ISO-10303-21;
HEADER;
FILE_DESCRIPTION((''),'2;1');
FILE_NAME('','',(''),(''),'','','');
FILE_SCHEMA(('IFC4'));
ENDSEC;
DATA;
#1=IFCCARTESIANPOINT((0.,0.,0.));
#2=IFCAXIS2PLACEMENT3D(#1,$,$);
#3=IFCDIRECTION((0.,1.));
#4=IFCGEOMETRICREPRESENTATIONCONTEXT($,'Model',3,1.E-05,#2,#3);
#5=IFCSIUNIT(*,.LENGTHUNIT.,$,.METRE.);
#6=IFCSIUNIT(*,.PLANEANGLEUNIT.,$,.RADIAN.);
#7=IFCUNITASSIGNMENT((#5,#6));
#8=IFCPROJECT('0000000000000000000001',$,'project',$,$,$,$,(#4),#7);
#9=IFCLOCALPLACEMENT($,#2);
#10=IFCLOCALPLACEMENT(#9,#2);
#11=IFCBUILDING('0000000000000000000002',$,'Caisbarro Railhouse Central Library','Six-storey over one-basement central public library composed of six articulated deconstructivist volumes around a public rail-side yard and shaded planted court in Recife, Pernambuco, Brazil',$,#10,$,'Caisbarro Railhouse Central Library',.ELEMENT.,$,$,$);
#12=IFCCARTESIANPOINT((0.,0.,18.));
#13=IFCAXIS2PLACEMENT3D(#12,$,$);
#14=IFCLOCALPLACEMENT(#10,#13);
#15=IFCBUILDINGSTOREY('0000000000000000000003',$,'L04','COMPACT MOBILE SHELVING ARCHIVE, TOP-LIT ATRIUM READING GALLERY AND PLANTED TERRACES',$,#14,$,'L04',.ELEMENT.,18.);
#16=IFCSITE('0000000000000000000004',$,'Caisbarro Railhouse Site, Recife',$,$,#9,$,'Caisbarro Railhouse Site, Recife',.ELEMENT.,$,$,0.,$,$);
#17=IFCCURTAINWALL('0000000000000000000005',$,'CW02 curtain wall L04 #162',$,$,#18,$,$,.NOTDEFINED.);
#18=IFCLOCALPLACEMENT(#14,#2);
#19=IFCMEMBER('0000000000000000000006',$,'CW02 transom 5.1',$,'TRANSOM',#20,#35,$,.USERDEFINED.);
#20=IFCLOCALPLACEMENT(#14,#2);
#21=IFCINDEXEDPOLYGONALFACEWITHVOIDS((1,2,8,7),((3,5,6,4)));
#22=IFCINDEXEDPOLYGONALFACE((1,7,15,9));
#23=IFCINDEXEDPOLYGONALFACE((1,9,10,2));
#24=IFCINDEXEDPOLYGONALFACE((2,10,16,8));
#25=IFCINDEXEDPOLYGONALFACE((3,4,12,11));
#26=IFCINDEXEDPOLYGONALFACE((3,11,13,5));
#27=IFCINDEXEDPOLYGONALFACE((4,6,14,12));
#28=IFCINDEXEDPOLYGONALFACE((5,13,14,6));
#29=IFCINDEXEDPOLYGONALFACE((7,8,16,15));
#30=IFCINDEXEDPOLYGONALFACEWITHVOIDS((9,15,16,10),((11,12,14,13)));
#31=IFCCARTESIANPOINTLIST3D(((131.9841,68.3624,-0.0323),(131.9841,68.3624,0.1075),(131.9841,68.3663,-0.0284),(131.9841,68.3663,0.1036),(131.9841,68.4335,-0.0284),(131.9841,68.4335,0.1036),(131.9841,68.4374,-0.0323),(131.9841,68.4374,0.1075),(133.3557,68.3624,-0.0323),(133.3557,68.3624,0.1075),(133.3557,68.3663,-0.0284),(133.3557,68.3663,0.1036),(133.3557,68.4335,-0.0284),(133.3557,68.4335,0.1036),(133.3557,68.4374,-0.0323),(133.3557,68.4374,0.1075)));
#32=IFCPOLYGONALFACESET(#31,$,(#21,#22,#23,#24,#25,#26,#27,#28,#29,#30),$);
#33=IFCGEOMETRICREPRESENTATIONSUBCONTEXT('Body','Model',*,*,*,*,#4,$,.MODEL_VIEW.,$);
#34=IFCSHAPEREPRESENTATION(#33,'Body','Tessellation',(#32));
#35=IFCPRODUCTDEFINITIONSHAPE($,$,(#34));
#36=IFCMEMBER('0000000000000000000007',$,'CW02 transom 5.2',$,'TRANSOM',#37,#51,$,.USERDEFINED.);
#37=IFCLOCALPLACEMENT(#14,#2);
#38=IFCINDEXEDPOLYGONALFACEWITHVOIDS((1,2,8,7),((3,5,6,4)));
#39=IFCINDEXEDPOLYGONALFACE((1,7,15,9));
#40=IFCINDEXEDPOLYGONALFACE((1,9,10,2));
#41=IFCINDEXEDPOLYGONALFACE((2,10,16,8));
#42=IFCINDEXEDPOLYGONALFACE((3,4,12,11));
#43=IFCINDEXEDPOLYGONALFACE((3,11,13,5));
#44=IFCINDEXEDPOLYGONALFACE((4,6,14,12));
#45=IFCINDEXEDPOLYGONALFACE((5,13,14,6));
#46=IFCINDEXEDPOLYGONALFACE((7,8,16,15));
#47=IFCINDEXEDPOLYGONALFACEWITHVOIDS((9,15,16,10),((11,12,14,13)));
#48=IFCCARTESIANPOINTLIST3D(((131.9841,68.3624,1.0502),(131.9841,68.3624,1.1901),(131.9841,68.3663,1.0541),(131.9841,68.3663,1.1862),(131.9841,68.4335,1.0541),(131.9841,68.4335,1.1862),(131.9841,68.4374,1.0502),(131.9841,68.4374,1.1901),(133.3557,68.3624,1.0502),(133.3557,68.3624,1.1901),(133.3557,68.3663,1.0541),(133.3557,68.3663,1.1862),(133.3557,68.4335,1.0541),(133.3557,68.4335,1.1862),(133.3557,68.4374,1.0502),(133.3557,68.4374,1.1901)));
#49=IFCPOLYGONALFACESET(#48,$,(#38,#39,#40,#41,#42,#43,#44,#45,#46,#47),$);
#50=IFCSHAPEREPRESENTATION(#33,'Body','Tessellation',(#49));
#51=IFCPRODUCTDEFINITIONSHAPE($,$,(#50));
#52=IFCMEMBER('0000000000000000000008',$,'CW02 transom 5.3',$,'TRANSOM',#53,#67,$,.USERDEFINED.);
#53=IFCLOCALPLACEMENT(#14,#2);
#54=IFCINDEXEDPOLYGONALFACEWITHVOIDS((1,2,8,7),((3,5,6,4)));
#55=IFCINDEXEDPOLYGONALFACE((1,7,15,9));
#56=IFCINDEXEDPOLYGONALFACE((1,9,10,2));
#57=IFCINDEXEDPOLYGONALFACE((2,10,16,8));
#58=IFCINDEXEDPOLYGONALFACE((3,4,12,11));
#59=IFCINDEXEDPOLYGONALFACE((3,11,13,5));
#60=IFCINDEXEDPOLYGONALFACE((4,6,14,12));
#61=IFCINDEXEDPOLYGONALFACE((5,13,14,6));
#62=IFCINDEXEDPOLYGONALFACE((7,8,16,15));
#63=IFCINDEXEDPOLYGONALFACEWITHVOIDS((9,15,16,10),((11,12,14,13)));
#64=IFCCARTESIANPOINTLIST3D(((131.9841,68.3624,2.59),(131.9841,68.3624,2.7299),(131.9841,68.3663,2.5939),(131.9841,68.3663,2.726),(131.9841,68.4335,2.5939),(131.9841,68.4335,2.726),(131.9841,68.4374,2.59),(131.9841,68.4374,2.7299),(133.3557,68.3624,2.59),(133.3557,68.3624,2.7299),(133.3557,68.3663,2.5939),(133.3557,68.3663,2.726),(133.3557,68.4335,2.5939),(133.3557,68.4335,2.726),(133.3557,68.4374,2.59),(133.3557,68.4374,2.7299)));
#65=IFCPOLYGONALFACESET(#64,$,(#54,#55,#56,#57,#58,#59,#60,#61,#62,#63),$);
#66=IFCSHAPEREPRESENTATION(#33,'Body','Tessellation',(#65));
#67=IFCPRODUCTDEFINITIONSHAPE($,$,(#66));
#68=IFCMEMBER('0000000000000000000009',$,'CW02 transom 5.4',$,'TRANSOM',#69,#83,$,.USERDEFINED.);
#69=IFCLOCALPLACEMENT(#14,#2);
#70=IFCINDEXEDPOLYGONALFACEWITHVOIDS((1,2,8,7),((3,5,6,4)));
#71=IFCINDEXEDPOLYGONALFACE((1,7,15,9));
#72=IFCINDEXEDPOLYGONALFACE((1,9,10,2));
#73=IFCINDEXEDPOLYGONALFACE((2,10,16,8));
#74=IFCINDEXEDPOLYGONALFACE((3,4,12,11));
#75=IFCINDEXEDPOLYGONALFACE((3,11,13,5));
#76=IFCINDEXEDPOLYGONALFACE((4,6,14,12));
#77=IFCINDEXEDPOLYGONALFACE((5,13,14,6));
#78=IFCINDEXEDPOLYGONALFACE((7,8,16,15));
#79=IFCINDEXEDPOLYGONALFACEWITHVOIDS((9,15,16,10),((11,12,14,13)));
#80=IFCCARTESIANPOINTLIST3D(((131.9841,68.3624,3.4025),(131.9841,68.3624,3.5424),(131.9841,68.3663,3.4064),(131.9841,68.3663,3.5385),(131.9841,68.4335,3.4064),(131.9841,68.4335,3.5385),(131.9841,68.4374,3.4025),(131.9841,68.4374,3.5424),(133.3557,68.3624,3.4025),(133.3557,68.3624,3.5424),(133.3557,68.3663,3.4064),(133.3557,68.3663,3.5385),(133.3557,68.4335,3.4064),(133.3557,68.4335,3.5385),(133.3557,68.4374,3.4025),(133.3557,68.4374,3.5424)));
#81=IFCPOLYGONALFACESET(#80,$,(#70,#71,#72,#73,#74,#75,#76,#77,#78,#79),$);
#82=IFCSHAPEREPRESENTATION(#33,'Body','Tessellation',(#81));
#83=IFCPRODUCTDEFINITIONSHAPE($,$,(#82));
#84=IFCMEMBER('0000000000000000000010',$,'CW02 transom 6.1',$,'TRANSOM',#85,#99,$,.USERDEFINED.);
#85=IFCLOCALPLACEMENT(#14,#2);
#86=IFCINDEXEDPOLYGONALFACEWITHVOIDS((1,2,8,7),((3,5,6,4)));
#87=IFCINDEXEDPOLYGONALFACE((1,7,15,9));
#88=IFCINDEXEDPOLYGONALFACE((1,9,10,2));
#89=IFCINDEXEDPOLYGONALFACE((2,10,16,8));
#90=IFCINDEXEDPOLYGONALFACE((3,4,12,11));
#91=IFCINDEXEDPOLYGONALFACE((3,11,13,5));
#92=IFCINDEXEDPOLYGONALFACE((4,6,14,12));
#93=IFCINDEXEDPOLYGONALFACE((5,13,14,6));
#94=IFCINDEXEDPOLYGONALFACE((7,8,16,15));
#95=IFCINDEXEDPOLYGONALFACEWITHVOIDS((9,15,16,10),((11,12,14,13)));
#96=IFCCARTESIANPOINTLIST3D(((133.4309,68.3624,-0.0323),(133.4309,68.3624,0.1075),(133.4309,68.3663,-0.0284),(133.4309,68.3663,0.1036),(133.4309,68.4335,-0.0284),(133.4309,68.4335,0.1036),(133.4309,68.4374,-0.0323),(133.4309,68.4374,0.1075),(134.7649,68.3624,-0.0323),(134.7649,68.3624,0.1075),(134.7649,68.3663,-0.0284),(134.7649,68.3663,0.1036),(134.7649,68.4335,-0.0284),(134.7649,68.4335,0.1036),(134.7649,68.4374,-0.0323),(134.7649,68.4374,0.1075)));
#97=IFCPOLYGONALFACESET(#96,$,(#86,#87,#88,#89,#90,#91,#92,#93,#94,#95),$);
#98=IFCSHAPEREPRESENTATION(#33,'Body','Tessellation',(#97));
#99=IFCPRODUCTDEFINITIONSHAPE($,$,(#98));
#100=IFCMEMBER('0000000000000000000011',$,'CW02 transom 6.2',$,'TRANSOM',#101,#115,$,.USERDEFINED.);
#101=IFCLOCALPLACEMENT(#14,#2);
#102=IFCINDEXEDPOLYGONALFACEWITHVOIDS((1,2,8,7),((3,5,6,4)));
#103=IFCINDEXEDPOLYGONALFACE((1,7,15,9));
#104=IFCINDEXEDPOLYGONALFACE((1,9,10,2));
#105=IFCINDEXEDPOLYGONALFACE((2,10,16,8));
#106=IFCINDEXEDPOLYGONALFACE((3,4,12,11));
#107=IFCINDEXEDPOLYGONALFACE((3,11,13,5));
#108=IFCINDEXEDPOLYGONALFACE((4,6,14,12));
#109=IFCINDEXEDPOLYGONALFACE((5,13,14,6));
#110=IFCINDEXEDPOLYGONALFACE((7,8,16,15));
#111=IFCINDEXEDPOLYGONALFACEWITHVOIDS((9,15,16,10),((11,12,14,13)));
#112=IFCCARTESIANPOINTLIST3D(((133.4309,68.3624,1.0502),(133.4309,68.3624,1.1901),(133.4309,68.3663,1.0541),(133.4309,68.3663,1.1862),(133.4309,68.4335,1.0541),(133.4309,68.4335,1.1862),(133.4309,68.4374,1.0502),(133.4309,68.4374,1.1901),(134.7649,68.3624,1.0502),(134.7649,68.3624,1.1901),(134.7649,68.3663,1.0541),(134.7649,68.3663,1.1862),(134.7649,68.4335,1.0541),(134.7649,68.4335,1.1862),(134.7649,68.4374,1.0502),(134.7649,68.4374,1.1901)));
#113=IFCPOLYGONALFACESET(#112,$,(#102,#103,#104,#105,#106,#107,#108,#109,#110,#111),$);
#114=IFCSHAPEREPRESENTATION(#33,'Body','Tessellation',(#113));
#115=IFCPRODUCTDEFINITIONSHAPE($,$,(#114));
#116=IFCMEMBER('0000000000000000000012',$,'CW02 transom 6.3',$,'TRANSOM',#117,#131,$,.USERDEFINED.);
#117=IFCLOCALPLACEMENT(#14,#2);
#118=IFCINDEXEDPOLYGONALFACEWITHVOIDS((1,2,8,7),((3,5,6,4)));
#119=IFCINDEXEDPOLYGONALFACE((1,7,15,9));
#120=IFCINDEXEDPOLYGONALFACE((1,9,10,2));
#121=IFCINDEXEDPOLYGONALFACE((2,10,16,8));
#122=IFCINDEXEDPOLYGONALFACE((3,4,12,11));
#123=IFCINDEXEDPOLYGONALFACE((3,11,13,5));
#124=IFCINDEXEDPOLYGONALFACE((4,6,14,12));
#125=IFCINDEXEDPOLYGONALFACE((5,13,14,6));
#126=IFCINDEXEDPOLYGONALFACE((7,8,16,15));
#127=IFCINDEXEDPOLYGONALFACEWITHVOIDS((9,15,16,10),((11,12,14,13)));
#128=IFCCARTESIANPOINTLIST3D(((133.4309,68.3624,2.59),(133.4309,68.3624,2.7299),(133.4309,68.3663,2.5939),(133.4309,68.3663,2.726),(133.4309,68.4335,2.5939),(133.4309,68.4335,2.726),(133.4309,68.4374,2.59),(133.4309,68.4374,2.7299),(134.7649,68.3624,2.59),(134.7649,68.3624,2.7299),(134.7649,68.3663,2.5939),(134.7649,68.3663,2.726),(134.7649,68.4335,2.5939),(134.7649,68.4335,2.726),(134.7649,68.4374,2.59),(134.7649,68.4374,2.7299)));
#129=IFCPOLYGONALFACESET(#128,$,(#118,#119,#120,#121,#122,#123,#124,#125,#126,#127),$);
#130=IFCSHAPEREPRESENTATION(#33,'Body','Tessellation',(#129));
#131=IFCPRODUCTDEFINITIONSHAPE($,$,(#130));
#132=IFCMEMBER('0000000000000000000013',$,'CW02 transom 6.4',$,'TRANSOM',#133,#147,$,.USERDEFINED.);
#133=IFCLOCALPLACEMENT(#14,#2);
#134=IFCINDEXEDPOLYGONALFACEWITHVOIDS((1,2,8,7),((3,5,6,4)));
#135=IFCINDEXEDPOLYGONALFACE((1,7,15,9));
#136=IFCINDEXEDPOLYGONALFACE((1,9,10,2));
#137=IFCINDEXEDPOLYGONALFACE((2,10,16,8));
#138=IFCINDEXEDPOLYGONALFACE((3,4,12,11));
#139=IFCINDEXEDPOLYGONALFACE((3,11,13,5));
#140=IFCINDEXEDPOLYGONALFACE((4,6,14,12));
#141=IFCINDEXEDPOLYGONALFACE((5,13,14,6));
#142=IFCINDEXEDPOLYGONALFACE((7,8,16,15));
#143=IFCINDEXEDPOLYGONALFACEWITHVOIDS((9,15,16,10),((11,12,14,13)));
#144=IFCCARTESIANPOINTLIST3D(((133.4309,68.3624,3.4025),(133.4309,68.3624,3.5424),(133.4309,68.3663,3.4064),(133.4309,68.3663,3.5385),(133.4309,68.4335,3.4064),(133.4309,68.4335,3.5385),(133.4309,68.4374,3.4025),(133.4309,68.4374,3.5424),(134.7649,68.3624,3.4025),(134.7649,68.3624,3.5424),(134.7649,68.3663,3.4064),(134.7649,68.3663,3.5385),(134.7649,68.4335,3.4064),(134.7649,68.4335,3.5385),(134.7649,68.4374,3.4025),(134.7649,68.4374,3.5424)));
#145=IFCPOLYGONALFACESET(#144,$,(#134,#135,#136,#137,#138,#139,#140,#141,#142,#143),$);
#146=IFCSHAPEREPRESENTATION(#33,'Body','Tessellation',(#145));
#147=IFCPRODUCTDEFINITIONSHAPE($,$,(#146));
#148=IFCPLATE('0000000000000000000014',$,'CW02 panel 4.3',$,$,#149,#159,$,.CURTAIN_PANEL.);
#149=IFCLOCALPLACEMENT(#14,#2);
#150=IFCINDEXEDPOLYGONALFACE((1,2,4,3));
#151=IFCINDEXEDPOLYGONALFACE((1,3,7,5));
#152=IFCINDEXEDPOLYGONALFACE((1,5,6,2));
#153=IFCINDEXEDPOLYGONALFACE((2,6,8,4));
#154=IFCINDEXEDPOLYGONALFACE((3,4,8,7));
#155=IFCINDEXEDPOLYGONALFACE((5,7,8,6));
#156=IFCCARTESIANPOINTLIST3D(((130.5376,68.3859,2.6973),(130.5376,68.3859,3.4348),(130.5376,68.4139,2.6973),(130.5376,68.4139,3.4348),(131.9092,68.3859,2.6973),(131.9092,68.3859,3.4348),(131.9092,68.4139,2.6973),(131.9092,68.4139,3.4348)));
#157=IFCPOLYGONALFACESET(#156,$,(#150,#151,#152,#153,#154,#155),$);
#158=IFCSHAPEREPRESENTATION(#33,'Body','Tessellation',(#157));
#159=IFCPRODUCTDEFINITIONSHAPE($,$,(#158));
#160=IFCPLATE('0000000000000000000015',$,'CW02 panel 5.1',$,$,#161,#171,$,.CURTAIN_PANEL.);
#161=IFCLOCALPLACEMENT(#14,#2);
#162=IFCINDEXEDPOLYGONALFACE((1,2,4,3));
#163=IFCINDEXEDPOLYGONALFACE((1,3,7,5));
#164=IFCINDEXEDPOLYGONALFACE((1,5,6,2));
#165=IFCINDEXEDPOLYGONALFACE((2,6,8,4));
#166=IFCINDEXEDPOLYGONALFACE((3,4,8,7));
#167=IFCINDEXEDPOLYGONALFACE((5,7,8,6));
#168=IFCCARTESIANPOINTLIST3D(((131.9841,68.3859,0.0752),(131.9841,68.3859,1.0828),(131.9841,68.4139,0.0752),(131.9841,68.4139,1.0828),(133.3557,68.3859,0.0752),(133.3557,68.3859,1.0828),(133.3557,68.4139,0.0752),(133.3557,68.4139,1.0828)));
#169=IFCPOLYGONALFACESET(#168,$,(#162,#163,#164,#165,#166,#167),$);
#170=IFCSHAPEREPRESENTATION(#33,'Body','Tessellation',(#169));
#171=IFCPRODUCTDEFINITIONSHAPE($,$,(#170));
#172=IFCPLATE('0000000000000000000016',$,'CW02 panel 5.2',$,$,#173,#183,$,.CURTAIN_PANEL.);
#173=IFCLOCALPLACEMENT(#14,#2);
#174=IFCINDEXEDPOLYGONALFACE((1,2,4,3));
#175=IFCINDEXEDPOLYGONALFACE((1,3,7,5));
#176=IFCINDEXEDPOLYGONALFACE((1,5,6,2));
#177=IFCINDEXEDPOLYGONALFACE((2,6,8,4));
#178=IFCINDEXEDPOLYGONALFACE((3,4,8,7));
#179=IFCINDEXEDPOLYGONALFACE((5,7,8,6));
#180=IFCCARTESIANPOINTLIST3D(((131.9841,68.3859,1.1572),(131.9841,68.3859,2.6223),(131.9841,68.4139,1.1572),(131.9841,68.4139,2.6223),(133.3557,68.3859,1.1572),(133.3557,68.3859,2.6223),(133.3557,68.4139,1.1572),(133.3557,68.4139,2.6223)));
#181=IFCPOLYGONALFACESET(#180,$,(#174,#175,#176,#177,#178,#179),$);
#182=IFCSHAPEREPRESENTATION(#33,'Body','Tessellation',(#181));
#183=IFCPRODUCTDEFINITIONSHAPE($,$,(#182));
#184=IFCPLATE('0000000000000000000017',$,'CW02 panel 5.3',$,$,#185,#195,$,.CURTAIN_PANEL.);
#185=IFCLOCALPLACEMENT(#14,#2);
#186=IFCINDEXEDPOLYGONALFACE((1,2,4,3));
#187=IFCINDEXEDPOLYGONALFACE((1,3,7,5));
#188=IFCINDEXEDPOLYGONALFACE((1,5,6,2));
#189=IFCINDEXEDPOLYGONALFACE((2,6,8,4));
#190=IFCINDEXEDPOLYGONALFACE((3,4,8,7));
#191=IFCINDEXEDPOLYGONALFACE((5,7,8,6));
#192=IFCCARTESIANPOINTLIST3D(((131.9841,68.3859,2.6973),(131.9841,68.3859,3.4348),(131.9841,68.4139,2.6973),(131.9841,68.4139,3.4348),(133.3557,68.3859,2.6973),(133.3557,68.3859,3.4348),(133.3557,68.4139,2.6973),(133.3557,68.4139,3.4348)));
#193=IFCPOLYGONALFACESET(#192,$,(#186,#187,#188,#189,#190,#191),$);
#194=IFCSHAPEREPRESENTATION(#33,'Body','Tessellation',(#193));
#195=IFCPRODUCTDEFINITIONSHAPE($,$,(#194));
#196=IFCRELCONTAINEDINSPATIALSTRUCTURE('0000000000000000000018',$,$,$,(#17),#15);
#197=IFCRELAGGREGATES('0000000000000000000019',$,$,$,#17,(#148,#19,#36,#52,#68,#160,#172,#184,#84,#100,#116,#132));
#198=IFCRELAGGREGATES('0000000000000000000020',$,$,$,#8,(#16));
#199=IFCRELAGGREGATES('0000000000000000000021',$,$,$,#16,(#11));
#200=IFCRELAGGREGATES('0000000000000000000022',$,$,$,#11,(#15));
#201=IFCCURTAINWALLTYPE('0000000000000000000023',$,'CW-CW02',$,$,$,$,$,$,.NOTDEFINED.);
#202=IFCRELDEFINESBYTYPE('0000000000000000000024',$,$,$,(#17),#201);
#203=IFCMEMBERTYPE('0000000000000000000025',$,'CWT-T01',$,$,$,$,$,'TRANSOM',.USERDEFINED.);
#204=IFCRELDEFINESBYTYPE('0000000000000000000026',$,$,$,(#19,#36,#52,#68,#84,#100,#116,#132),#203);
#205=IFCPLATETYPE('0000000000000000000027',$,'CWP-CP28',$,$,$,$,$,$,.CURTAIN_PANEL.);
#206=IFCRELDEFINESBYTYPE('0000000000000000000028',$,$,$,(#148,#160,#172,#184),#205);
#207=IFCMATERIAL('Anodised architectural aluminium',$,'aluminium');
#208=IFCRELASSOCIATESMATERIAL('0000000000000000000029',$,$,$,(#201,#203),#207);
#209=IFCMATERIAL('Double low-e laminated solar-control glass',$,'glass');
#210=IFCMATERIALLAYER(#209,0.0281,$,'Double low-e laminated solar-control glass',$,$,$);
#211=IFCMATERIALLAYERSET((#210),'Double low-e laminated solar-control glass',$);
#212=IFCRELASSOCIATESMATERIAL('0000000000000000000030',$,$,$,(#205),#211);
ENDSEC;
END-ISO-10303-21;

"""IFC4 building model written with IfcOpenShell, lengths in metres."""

from ifc_helpers import new_model, si_unit, direction, frame, origin, origin_2d, place, context, subcontext, project, spatial, rectangle, hollow_rectangle, extrude, material, layer, layer_set, material_profile, profile_set, type_object, element, aggregate, save


model = new_model("IFC4")

# Units and contexts
model_context = context("Model", 3, precision=1e-05, world=origin(), true_north=direction((0.0, 1.0)))
body_context = subcontext(model_context, "Body", "Model", "MODEL_VIEW")
ifc_project = project(units=[si_unit("LENGTHUNIT", "METRE"), si_unit("PLANEANGLEUNIT", "RADIAN")], contexts=[model_context])

# Site, building, storey
site_placement = place(None, origin())
site = spatial("IfcSite", under=ifc_project, at=site_placement, Name="Caisbarro Railhouse Site, Recife", LongName="Caisbarro Railhouse Site, Recife", CompositionType="ELEMENT", RefElevation=0.0)
building_placement = place(site_placement, origin())
building = spatial("IfcBuilding", under=site, at=building_placement, Name="Caisbarro Railhouse Central Library", Description="Six-storey over one-basement central public library composed of six articulated deconstructivist volumes around a public rail-side yard and shaded planted court in Recife, Pernambuco, Brazil", LongName="Caisbarro Railhouse Central Library", CompositionType="ELEMENT")
storey_placement = place(building_placement, frame((0.0, 0.0, 18.0)))
storey = spatial("IfcBuildingStorey", under=building, at=storey_placement, Name="L04", Description="COMPACT MOBILE SHELVING ARCHIVE, TOP-LIT ATRIUM READING GALLERY AND PLANTED TERRACES", LongName="L04", CompositionType="ELEMENT", Elevation=18.0)

# Curtain wall, members, plates
ifc_material_1 = material(Name="Anodised architectural aluminium", Category="aluminium")
curtain_wall_type = type_object("IfcCurtainWallType", Name="CW-CW02", PredefinedType="NOTDEFINED", material=ifc_material_1)
curtain_wall_placement = place(storey_placement, origin())
curtain_wall = element("IfcCurtainWall", 1, at=curtain_wall_placement, inside=storey, type_object=curtain_wall_type, Name="CW02 curtain wall L04 #162", PredefinedType="NOTDEFINED")
ifc_material_profile_1 = material_profile(ifc_material_1, hollow_rectangle(XDim=0.075, YDim=0.1399, WallThickness=0.0039, at=origin_2d()), Name="ALU-TRN-75X140")
ifc_profile_set_1 = profile_set([ifc_material_profile_1], Name="Anodised architectural aluminium")
member_type_1 = type_object("IfcMemberType", Name="CWT-T01", ElementType="TRANSOM", PredefinedType="USERDEFINED", material=ifc_profile_set_1)
member_1_placement = place(storey_placement, frame((131.9841, 68.3999, 0.0376), z_axis=(1.0, 0.0, 0.0), x_axis=(0.0, 1.0, 0.0)))
member_1 = element("IfcMember", 2, at=member_1_placement, type_object=member_type_1, Name="CW02 transom 5.1", ObjectType="TRANSOM", PredefinedType="USERDEFINED", context=body_context, shape_type="SweptSolid", body=[
    extrude(hollow_rectangle(XDim=0.075, YDim=0.1399, WallThickness=0.0039, at=origin_2d()), origin(), (0.0, 0.0, 1.0), 1.3716),
])
member_2_placement = place(storey_placement, frame((131.9841, 68.3999, 1.1201), z_axis=(1.0, 0.0, 0.0), x_axis=(0.0, 1.0, 0.0)))
member_2 = element("IfcMember", 3, at=member_2_placement, type_object=member_type_1, Name="CW02 transom 5.2", ObjectType="TRANSOM", PredefinedType="USERDEFINED", context=body_context, shape_type="SweptSolid", body=[
    extrude(hollow_rectangle(XDim=0.075, YDim=0.1399, WallThickness=0.0039, at=origin_2d()), origin(), (0.0, 0.0, 1.0), 1.3716),
])
member_3_placement = place(storey_placement, frame((131.9841, 68.3999, 2.6599), z_axis=(1.0, 0.0, 0.0), x_axis=(0.0, 1.0, 0.0)))
member_3 = element("IfcMember", 4, at=member_3_placement, type_object=member_type_1, Name="CW02 transom 5.3", ObjectType="TRANSOM", PredefinedType="USERDEFINED", context=body_context, shape_type="SweptSolid", body=[
    extrude(hollow_rectangle(XDim=0.075, YDim=0.1399, WallThickness=0.0039, at=origin_2d()), origin(), (0.0, 0.0, 1.0), 1.3716),
])
member_4_placement = place(storey_placement, frame((131.9841, 68.3999, 3.4724), z_axis=(1.0, 0.0, 0.0), x_axis=(0.0, 1.0, 0.0)))
member_4 = element("IfcMember", 5, at=member_4_placement, type_object=member_type_1, Name="CW02 transom 5.4", ObjectType="TRANSOM", PredefinedType="USERDEFINED", context=body_context, shape_type="SweptSolid", body=[
    extrude(hollow_rectangle(XDim=0.075, YDim=0.1399, WallThickness=0.0039, at=origin_2d()), origin(), (0.0, 0.0, 1.0), 1.3716),
])
member_5_placement = place(storey_placement, frame((133.4309, 68.3999, 0.0376), z_axis=(1.0, 0.0, 0.0), x_axis=(0.0, 1.0, 0.0)))
member_5 = element("IfcMember", 6, at=member_5_placement, type_object=member_type_1, Name="CW02 transom 6.1", ObjectType="TRANSOM", PredefinedType="USERDEFINED", context=body_context, shape_type="SweptSolid", body=[
    extrude(hollow_rectangle(XDim=0.075, YDim=0.1399, WallThickness=0.0039, at=origin_2d()), origin(), (0.0, 0.0, 1.0), 1.334),
])
member_6_placement = place(storey_placement, frame((133.4309, 68.3999, 1.1201), z_axis=(1.0, 0.0, 0.0), x_axis=(0.0, 1.0, 0.0)))
member_6 = element("IfcMember", 7, at=member_6_placement, type_object=member_type_1, Name="CW02 transom 6.2", ObjectType="TRANSOM", PredefinedType="USERDEFINED", context=body_context, shape_type="SweptSolid", body=[
    extrude(hollow_rectangle(XDim=0.075, YDim=0.1399, WallThickness=0.0039, at=origin_2d()), origin(), (0.0, 0.0, 1.0), 1.334),
])
member_7_placement = place(storey_placement, frame((133.4309, 68.3999, 2.6599), z_axis=(1.0, 0.0, 0.0), x_axis=(0.0, 1.0, 0.0)))
member_7 = element("IfcMember", 8, at=member_7_placement, type_object=member_type_1, Name="CW02 transom 6.3", ObjectType="TRANSOM", PredefinedType="USERDEFINED", context=body_context, shape_type="SweptSolid", body=[
    extrude(hollow_rectangle(XDim=0.075, YDim=0.1399, WallThickness=0.0039, at=origin_2d()), origin(), (0.0, 0.0, 1.0), 1.334),
])
member_8_placement = place(storey_placement, frame((133.4309, 68.3999, 3.4724), z_axis=(1.0, 0.0, 0.0), x_axis=(0.0, 1.0, 0.0)))
member_8 = element("IfcMember", 9, at=member_8_placement, type_object=member_type_1, Name="CW02 transom 6.4", ObjectType="TRANSOM", PredefinedType="USERDEFINED", context=body_context, shape_type="SweptSolid", body=[
    extrude(hollow_rectangle(XDim=0.075, YDim=0.1399, WallThickness=0.0039, at=origin_2d()), origin(), (0.0, 0.0, 1.0), 1.334),
])
ifc_material_2 = material(Name="Double low-e laminated solar-control glass", Category="glass")
ifc_layer_1 = layer(ifc_material_2, 0.0281, Name="Double low-e laminated solar-control glass")
ifc_layer_set_1 = layer_set([ifc_layer_1], Name="Double low-e laminated solar-control glass")
plate_type_1 = type_object("IfcPlateType", Name="CWP-CP28", PredefinedType="CURTAIN_PANEL", material=ifc_layer_set_1)
plate_1_placement = place(storey_placement, frame((131.2234, 68.3999, 2.6973), z_axis=(0.0, 0.0, 1.0), x_axis=(1.0, 0.0, 0.0)))
plate_1 = element("IfcPlate", 10, at=plate_1_placement, type_object=plate_type_1, Name="CW02 panel 4.3", PredefinedType="CURTAIN_PANEL", context=body_context, shape_type="SweptSolid", body=[
    extrude(rectangle(XDim=1.3716, YDim=0.0281, at=origin_2d()), origin(), (0.0, 0.0, 1.0), 0.7375),
])
plate_2_placement = place(storey_placement, frame((132.6699, 68.3999, 0.0752), z_axis=(0.0, 0.0, 1.0), x_axis=(1.0, 0.0, 0.0)))
plate_2 = element("IfcPlate", 11, at=plate_2_placement, type_object=plate_type_1, Name="CW02 panel 5.1", PredefinedType="CURTAIN_PANEL", context=body_context, shape_type="SweptSolid", body=[
    extrude(rectangle(XDim=1.3716, YDim=0.0281, at=origin_2d()), origin(), (0.0, 0.0, 1.0), 1.0076),
])
plate_3_placement = place(storey_placement, frame((132.6699, 68.3999, 1.1572), z_axis=(0.0, 0.0, 1.0), x_axis=(1.0, 0.0, 0.0)))
plate_3 = element("IfcPlate", 12, at=plate_3_placement, type_object=plate_type_1, Name="CW02 panel 5.2", PredefinedType="CURTAIN_PANEL", context=body_context, shape_type="SweptSolid", body=[
    extrude(rectangle(XDim=1.3716, YDim=0.0281, at=origin_2d()), origin(), (0.0, 0.0, 1.0), 1.4651),
])
plate_4_placement = place(storey_placement, frame((132.6699, 68.3999, 2.6973), z_axis=(0.0, 0.0, 1.0), x_axis=(1.0, 0.0, 0.0)))
plate_4 = element("IfcPlate", 13, at=plate_4_placement, type_object=plate_type_1, Name="CW02 panel 5.3", PredefinedType="CURTAIN_PANEL", context=body_context, shape_type="SweptSolid", body=[
    extrude(rectangle(XDim=1.3716, YDim=0.0281, at=origin_2d()), origin(), (0.0, 0.0, 1.0), 0.7375),
])
aggregate(curtain_wall, [plate_1, member_1, member_2, member_3, member_4, plate_2, plate_3, plate_4, member_5, member_6, member_7, member_8])

save(model, "model.ifc")
